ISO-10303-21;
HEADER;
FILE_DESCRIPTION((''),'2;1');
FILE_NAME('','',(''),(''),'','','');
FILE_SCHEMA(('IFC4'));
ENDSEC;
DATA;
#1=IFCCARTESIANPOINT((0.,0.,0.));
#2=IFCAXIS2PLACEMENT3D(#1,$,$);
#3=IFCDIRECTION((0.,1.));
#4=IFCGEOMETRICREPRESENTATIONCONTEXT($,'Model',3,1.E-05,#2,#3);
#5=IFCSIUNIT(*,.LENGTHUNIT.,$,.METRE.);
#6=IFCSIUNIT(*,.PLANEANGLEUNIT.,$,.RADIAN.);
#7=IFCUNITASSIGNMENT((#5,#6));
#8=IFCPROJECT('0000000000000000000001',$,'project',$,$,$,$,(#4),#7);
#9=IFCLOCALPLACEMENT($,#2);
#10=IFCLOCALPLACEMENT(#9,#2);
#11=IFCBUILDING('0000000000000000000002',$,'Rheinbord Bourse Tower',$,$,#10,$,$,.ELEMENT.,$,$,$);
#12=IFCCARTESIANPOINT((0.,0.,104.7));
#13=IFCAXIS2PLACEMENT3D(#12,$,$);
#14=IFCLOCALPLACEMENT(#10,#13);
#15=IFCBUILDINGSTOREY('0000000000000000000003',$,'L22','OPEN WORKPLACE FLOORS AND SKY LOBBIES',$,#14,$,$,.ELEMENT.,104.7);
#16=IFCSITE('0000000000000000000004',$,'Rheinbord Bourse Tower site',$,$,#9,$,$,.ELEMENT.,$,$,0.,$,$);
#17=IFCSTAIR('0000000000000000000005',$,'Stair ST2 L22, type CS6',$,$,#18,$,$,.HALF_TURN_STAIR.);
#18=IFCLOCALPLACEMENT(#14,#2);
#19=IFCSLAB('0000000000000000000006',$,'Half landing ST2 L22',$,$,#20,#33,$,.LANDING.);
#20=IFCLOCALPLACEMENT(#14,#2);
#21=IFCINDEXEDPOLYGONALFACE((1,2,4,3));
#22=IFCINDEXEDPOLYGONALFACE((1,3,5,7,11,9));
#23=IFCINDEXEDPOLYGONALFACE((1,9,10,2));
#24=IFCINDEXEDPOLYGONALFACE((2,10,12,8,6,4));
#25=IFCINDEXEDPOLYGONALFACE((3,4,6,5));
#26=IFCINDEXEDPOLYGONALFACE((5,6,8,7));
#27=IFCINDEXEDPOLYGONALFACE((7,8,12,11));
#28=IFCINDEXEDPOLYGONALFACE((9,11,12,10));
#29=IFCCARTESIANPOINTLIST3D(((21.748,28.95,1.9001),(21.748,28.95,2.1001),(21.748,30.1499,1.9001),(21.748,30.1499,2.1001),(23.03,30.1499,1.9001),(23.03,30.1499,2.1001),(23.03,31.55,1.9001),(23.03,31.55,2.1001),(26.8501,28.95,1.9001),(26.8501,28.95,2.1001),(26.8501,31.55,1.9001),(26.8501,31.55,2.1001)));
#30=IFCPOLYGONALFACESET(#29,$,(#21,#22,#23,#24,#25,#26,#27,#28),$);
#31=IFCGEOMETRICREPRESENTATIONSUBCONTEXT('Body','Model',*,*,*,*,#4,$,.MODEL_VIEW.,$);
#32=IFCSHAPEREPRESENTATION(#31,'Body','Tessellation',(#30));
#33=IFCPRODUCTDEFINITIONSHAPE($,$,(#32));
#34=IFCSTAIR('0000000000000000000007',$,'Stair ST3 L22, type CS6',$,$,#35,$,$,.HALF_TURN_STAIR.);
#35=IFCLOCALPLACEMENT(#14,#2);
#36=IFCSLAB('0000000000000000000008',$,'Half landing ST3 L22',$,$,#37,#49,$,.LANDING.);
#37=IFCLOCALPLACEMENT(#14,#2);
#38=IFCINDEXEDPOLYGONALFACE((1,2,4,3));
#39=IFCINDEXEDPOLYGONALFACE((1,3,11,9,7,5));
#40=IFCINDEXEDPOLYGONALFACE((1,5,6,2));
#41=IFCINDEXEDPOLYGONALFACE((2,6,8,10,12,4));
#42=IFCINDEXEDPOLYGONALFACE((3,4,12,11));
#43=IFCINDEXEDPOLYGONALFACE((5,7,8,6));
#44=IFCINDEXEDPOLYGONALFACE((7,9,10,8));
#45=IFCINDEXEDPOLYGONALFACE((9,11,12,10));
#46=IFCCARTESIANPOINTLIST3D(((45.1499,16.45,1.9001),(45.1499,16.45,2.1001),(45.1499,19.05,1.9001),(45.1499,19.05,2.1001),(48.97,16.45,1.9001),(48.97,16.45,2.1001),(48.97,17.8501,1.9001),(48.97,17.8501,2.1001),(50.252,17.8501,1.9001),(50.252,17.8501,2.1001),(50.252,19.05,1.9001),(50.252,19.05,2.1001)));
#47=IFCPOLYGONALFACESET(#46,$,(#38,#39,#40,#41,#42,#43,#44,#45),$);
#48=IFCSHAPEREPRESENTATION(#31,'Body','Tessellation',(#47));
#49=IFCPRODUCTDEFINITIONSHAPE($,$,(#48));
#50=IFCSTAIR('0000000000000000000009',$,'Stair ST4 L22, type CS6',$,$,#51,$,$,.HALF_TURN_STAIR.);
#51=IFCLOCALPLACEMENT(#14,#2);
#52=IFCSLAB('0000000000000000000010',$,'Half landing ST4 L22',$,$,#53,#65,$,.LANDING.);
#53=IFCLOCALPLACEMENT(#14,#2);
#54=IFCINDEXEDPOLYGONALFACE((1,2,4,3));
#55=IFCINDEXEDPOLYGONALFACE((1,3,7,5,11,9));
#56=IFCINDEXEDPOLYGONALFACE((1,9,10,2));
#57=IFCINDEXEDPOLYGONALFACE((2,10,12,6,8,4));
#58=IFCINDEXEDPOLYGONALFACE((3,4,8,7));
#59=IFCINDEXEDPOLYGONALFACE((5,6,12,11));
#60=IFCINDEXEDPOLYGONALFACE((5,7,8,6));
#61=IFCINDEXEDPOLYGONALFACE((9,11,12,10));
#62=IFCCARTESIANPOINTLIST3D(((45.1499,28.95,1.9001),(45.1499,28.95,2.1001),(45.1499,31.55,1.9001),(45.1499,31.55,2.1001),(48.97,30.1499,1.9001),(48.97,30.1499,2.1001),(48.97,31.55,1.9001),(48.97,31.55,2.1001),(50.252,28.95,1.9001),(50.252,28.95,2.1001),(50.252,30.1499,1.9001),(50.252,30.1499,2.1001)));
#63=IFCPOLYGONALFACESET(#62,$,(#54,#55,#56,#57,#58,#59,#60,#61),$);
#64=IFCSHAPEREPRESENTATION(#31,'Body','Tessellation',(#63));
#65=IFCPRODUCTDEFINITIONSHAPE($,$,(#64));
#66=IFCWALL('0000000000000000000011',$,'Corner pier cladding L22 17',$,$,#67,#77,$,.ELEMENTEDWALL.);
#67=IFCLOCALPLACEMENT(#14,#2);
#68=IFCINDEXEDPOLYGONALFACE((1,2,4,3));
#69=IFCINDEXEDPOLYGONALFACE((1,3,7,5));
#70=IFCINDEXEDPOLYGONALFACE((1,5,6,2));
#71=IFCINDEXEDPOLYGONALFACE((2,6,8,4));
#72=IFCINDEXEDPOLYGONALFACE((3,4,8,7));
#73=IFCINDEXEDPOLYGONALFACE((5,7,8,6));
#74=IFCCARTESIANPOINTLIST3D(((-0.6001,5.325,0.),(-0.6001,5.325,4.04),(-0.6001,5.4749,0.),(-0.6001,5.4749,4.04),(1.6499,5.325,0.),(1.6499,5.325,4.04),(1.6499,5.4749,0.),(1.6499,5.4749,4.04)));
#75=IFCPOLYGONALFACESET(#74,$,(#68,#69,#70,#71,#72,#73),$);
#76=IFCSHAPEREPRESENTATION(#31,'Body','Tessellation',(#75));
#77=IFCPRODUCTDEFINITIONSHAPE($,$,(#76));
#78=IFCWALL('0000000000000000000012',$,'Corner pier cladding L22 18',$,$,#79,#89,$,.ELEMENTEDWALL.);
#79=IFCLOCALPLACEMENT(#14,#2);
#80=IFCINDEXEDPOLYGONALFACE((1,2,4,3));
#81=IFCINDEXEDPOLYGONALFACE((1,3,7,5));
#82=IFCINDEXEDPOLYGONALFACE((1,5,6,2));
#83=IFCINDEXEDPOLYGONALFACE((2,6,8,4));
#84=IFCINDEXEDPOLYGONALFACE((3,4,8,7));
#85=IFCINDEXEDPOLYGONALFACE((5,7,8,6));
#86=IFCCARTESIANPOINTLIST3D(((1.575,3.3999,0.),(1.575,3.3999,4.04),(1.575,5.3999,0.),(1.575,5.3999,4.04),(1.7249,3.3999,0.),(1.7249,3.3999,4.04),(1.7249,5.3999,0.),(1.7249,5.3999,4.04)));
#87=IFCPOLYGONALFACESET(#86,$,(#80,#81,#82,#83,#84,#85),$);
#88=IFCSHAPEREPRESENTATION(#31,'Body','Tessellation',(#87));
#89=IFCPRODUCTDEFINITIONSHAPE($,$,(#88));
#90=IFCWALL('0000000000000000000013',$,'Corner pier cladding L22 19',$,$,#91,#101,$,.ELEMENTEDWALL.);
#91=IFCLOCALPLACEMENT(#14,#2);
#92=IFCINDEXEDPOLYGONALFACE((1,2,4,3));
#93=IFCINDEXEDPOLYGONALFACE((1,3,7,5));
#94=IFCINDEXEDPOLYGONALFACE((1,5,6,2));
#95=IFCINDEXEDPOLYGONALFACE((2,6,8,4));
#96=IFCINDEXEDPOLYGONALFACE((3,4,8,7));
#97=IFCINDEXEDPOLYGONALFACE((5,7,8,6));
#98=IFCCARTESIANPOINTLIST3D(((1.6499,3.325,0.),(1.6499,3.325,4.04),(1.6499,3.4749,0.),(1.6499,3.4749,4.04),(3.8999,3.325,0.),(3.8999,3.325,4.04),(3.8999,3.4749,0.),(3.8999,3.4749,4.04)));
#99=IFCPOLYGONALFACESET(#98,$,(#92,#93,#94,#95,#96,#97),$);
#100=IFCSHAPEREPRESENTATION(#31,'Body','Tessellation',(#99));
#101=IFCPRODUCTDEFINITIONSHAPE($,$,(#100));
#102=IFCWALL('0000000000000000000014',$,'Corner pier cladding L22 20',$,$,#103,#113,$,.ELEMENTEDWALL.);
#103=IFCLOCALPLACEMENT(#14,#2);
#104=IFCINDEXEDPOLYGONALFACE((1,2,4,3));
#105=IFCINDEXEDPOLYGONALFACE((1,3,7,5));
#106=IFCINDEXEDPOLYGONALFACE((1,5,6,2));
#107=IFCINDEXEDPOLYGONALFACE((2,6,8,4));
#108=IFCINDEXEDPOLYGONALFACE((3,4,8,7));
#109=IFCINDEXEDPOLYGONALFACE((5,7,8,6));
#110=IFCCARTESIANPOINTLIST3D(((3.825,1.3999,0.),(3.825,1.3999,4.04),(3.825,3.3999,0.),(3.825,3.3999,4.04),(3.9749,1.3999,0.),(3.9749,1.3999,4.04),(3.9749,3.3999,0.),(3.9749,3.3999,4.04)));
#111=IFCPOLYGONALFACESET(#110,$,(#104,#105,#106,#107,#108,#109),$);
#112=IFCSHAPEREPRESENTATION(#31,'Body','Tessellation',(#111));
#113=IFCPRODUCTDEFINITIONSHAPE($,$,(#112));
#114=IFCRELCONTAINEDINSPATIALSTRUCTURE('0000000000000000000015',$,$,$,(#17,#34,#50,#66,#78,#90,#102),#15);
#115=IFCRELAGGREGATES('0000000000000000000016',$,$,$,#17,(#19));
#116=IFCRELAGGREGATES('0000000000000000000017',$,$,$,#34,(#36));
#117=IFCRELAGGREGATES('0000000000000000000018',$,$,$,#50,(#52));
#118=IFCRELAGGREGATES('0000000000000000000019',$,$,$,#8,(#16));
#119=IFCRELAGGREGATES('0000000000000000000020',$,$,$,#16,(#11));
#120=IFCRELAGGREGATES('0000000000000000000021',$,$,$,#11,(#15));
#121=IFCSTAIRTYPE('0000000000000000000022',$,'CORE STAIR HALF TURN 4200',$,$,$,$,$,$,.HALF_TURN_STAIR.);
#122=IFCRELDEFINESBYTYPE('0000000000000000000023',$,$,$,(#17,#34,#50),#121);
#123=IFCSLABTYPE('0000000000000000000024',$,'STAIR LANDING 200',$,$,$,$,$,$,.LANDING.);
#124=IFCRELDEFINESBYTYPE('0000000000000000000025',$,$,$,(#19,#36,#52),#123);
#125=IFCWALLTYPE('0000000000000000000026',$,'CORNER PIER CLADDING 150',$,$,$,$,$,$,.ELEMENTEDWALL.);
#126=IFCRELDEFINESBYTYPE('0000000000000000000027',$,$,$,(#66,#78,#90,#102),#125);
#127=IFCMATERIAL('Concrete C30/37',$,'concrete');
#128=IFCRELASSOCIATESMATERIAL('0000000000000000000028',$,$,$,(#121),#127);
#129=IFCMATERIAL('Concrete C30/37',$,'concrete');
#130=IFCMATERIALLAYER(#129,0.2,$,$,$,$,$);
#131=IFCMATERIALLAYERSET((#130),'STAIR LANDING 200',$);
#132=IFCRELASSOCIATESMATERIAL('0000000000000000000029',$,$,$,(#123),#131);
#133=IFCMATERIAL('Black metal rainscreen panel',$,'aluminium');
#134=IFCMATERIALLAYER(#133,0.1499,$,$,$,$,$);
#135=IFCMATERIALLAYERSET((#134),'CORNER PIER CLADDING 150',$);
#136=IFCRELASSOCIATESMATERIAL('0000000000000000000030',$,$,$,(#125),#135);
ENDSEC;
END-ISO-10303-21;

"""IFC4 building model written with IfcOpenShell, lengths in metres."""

from ifc_helpers import new_model, si_unit, direction, frame, frame_2d, origin, place, context, subcontext, project, spatial, polyline, rectangle, outline, extrude, material, layer, layer_set, type_object, element, aggregate, save


model = new_model("IFC4")

# Units and contexts
model_context = context("Model", 3, precision=1e-05, world=origin(), true_north=direction((0.0, 1.0)))
body_context = subcontext(model_context, "Body", "Model", "MODEL_VIEW")
ifc_project = project(units=[si_unit("LENGTHUNIT", "METRE"), si_unit("PLANEANGLEUNIT", "RADIAN")], contexts=[model_context])

# Site, building, storey
site_placement = place(None, origin())
site = spatial("IfcSite", under=ifc_project, at=site_placement, Name="Rheinbord Bourse Tower site", CompositionType="ELEMENT", RefElevation=0.0)
building_placement = place(site_placement, origin())
building = spatial("IfcBuilding", under=site, at=building_placement, Name="Rheinbord Bourse Tower", CompositionType="ELEMENT")
storey_placement = place(building_placement, frame((0.0, 0.0, 104.7)))
storey = spatial("IfcBuildingStorey", under=building, at=storey_placement, Name="L22", Description="OPEN WORKPLACE FLOORS AND SKY LOBBIES", CompositionType="ELEMENT", Elevation=104.7)

# Stairs, slabs
ifc_material_1 = material(Name="Concrete C30/37", Category="concrete")
stair_type = type_object("IfcStairType", Name="CORE STAIR HALF TURN 4200", PredefinedType="HALF_TURN_STAIR", material=ifc_material_1)
ifc_material_2 = material(Name="Concrete C30/37", Category="concrete")
ifc_layer_1 = layer(ifc_material_2, 0.2)
ifc_layer_set_1 = layer_set([ifc_layer_1], Name="STAIR LANDING 200")
slab_type_1 = type_object("IfcSlabType", Name="STAIR LANDING 200", PredefinedType="LANDING", material=ifc_layer_set_1)
stair_1_placement = place(storey_placement, origin())
stair_1 = element("IfcStair", 1, at=stair_1_placement, inside=storey, type_object=stair_type, Name="Stair ST2 L22, type CS6", PredefinedType="HALF_TURN_STAIR")
slab_1_placement = place(storey_placement, frame((0.0, 0.0, 1.9001)))
slab_1 = element("IfcSlab", 2, at=slab_1_placement, type_object=slab_type_1, Name="Half landing ST2 L22", PredefinedType="LANDING", context=body_context, shape_type="SweptSolid", body=[
    extrude(outline(polyline([(21.748, 28.95), (26.8501, 28.95), (26.8501, 31.55), (23.03, 31.55), (23.03, 30.1499), (21.748, 30.1499), (21.748, 28.95)])), origin(), (0.0, 0.0, 1.0), 0.2),
])
aggregate(stair_1, [slab_1])
stair_2_placement = place(storey_placement, origin())
stair_2 = element("IfcStair", 3, at=stair_2_placement, inside=storey, type_object=stair_type, Name="Stair ST3 L22, type CS6", PredefinedType="HALF_TURN_STAIR")
slab_2_placement = place(storey_placement, frame((0.0, 0.0, 1.9001)))
slab_2 = element("IfcSlab", 4, at=slab_2_placement, type_object=slab_type_1, Name="Half landing ST3 L22", PredefinedType="LANDING", context=body_context, shape_type="SweptSolid", body=[
    extrude(outline(polyline([(45.1499, 16.45), (48.97, 16.45), (48.97, 17.8501), (50.252, 17.8501), (50.252, 19.05), (45.1499, 19.05), (45.1499, 16.45)])), origin(), (0.0, 0.0, 1.0), 0.2),
])
aggregate(stair_2, [slab_2])
stair_3_placement = place(storey_placement, origin())
stair_3 = element("IfcStair", 5, at=stair_3_placement, inside=storey, type_object=stair_type, Name="Stair ST4 L22, type CS6", PredefinedType="HALF_TURN_STAIR")
slab_3_placement = place(storey_placement, frame((0.0, 0.0, 1.9001)))
slab_3 = element("IfcSlab", 6, at=slab_3_placement, type_object=slab_type_1, Name="Half landing ST4 L22", PredefinedType="LANDING", context=body_context, shape_type="SweptSolid", body=[
    extrude(outline(polyline([(45.1499, 28.95), (50.252, 28.95), (50.252, 30.1499), (48.97, 30.1499), (48.97, 31.55), (45.1499, 31.55), (45.1499, 28.95)])), origin(), (0.0, 0.0, 1.0), 0.2),
])
aggregate(stair_3, [slab_3])

# Walls
ifc_material_3 = material(Name="Black metal rainscreen panel", Category="aluminium")
ifc_layer_2 = layer(ifc_material_3, 0.1499)
ifc_layer_set_2 = layer_set([ifc_layer_2], Name="CORNER PIER CLADDING 150")
wall_type = type_object("IfcWallType", Name="CORNER PIER CLADDING 150", PredefinedType="ELEMENTEDWALL", material=ifc_layer_set_2)
wall_1_placement = place(storey_placement, frame((-0.6001, 5.3999, 0.0), z_axis=(0.0, 0.0, 1.0), x_axis=(1.0, 0.0, 0.0)))
element("IfcWall", 7, at=wall_1_placement, inside=storey, type_object=wall_type, Name="Corner pier cladding L22 17", PredefinedType="ELEMENTEDWALL", context=body_context, shape_type="SweptSolid", body=[
    extrude(rectangle(XDim=2.25, YDim=0.1499, at=frame_2d((1.125, 0.0))), origin(), (0.0, 0.0, 1.0), 4.04),
])
wall_2_placement = place(storey_placement, frame((1.6499, 5.3999, 0.0), z_axis=(0.0, 0.0, 1.0), x_axis=(0.0, -1.0, 0.0)))
element("IfcWall", 8, at=wall_2_placement, inside=storey, type_object=wall_type, Name="Corner pier cladding L22 18", PredefinedType="ELEMENTEDWALL", context=body_context, shape_type="SweptSolid", body=[
    extrude(rectangle(XDim=2.0, YDim=0.1499, at=frame_2d((1.0, 0.0))), origin(), (0.0, 0.0, 1.0), 4.04),
])
wall_3_placement = place(storey_placement, frame((1.6499, 3.3999, 0.0), z_axis=(0.0, 0.0, 1.0), x_axis=(1.0, 0.0, 0.0)))
element("IfcWall", 9, at=wall_3_placement, inside=storey, type_object=wall_type, Name="Corner pier cladding L22 19", PredefinedType="ELEMENTEDWALL", context=body_context, shape_type="SweptSolid", body=[
    extrude(rectangle(XDim=2.25, YDim=0.1499, at=frame_2d((1.125, 0.0))), origin(), (0.0, 0.0, 1.0), 4.04),
])
wall_4_placement = place(storey_placement, frame((3.8999, 3.3999, 0.0), z_axis=(0.0, 0.0, 1.0), x_axis=(0.0, -1.0, 0.0)))
element("IfcWall", 10, at=wall_4_placement, inside=storey, type_object=wall_type, Name="Corner pier cladding L22 20", PredefinedType="ELEMENTEDWALL", context=body_context, shape_type="SweptSolid", body=[
    extrude(rectangle(XDim=2.0, YDim=0.1499, at=frame_2d((1.0, 0.0))), origin(), (0.0, 0.0, 1.0), 4.04),
])

save(model, "model.ifc")
